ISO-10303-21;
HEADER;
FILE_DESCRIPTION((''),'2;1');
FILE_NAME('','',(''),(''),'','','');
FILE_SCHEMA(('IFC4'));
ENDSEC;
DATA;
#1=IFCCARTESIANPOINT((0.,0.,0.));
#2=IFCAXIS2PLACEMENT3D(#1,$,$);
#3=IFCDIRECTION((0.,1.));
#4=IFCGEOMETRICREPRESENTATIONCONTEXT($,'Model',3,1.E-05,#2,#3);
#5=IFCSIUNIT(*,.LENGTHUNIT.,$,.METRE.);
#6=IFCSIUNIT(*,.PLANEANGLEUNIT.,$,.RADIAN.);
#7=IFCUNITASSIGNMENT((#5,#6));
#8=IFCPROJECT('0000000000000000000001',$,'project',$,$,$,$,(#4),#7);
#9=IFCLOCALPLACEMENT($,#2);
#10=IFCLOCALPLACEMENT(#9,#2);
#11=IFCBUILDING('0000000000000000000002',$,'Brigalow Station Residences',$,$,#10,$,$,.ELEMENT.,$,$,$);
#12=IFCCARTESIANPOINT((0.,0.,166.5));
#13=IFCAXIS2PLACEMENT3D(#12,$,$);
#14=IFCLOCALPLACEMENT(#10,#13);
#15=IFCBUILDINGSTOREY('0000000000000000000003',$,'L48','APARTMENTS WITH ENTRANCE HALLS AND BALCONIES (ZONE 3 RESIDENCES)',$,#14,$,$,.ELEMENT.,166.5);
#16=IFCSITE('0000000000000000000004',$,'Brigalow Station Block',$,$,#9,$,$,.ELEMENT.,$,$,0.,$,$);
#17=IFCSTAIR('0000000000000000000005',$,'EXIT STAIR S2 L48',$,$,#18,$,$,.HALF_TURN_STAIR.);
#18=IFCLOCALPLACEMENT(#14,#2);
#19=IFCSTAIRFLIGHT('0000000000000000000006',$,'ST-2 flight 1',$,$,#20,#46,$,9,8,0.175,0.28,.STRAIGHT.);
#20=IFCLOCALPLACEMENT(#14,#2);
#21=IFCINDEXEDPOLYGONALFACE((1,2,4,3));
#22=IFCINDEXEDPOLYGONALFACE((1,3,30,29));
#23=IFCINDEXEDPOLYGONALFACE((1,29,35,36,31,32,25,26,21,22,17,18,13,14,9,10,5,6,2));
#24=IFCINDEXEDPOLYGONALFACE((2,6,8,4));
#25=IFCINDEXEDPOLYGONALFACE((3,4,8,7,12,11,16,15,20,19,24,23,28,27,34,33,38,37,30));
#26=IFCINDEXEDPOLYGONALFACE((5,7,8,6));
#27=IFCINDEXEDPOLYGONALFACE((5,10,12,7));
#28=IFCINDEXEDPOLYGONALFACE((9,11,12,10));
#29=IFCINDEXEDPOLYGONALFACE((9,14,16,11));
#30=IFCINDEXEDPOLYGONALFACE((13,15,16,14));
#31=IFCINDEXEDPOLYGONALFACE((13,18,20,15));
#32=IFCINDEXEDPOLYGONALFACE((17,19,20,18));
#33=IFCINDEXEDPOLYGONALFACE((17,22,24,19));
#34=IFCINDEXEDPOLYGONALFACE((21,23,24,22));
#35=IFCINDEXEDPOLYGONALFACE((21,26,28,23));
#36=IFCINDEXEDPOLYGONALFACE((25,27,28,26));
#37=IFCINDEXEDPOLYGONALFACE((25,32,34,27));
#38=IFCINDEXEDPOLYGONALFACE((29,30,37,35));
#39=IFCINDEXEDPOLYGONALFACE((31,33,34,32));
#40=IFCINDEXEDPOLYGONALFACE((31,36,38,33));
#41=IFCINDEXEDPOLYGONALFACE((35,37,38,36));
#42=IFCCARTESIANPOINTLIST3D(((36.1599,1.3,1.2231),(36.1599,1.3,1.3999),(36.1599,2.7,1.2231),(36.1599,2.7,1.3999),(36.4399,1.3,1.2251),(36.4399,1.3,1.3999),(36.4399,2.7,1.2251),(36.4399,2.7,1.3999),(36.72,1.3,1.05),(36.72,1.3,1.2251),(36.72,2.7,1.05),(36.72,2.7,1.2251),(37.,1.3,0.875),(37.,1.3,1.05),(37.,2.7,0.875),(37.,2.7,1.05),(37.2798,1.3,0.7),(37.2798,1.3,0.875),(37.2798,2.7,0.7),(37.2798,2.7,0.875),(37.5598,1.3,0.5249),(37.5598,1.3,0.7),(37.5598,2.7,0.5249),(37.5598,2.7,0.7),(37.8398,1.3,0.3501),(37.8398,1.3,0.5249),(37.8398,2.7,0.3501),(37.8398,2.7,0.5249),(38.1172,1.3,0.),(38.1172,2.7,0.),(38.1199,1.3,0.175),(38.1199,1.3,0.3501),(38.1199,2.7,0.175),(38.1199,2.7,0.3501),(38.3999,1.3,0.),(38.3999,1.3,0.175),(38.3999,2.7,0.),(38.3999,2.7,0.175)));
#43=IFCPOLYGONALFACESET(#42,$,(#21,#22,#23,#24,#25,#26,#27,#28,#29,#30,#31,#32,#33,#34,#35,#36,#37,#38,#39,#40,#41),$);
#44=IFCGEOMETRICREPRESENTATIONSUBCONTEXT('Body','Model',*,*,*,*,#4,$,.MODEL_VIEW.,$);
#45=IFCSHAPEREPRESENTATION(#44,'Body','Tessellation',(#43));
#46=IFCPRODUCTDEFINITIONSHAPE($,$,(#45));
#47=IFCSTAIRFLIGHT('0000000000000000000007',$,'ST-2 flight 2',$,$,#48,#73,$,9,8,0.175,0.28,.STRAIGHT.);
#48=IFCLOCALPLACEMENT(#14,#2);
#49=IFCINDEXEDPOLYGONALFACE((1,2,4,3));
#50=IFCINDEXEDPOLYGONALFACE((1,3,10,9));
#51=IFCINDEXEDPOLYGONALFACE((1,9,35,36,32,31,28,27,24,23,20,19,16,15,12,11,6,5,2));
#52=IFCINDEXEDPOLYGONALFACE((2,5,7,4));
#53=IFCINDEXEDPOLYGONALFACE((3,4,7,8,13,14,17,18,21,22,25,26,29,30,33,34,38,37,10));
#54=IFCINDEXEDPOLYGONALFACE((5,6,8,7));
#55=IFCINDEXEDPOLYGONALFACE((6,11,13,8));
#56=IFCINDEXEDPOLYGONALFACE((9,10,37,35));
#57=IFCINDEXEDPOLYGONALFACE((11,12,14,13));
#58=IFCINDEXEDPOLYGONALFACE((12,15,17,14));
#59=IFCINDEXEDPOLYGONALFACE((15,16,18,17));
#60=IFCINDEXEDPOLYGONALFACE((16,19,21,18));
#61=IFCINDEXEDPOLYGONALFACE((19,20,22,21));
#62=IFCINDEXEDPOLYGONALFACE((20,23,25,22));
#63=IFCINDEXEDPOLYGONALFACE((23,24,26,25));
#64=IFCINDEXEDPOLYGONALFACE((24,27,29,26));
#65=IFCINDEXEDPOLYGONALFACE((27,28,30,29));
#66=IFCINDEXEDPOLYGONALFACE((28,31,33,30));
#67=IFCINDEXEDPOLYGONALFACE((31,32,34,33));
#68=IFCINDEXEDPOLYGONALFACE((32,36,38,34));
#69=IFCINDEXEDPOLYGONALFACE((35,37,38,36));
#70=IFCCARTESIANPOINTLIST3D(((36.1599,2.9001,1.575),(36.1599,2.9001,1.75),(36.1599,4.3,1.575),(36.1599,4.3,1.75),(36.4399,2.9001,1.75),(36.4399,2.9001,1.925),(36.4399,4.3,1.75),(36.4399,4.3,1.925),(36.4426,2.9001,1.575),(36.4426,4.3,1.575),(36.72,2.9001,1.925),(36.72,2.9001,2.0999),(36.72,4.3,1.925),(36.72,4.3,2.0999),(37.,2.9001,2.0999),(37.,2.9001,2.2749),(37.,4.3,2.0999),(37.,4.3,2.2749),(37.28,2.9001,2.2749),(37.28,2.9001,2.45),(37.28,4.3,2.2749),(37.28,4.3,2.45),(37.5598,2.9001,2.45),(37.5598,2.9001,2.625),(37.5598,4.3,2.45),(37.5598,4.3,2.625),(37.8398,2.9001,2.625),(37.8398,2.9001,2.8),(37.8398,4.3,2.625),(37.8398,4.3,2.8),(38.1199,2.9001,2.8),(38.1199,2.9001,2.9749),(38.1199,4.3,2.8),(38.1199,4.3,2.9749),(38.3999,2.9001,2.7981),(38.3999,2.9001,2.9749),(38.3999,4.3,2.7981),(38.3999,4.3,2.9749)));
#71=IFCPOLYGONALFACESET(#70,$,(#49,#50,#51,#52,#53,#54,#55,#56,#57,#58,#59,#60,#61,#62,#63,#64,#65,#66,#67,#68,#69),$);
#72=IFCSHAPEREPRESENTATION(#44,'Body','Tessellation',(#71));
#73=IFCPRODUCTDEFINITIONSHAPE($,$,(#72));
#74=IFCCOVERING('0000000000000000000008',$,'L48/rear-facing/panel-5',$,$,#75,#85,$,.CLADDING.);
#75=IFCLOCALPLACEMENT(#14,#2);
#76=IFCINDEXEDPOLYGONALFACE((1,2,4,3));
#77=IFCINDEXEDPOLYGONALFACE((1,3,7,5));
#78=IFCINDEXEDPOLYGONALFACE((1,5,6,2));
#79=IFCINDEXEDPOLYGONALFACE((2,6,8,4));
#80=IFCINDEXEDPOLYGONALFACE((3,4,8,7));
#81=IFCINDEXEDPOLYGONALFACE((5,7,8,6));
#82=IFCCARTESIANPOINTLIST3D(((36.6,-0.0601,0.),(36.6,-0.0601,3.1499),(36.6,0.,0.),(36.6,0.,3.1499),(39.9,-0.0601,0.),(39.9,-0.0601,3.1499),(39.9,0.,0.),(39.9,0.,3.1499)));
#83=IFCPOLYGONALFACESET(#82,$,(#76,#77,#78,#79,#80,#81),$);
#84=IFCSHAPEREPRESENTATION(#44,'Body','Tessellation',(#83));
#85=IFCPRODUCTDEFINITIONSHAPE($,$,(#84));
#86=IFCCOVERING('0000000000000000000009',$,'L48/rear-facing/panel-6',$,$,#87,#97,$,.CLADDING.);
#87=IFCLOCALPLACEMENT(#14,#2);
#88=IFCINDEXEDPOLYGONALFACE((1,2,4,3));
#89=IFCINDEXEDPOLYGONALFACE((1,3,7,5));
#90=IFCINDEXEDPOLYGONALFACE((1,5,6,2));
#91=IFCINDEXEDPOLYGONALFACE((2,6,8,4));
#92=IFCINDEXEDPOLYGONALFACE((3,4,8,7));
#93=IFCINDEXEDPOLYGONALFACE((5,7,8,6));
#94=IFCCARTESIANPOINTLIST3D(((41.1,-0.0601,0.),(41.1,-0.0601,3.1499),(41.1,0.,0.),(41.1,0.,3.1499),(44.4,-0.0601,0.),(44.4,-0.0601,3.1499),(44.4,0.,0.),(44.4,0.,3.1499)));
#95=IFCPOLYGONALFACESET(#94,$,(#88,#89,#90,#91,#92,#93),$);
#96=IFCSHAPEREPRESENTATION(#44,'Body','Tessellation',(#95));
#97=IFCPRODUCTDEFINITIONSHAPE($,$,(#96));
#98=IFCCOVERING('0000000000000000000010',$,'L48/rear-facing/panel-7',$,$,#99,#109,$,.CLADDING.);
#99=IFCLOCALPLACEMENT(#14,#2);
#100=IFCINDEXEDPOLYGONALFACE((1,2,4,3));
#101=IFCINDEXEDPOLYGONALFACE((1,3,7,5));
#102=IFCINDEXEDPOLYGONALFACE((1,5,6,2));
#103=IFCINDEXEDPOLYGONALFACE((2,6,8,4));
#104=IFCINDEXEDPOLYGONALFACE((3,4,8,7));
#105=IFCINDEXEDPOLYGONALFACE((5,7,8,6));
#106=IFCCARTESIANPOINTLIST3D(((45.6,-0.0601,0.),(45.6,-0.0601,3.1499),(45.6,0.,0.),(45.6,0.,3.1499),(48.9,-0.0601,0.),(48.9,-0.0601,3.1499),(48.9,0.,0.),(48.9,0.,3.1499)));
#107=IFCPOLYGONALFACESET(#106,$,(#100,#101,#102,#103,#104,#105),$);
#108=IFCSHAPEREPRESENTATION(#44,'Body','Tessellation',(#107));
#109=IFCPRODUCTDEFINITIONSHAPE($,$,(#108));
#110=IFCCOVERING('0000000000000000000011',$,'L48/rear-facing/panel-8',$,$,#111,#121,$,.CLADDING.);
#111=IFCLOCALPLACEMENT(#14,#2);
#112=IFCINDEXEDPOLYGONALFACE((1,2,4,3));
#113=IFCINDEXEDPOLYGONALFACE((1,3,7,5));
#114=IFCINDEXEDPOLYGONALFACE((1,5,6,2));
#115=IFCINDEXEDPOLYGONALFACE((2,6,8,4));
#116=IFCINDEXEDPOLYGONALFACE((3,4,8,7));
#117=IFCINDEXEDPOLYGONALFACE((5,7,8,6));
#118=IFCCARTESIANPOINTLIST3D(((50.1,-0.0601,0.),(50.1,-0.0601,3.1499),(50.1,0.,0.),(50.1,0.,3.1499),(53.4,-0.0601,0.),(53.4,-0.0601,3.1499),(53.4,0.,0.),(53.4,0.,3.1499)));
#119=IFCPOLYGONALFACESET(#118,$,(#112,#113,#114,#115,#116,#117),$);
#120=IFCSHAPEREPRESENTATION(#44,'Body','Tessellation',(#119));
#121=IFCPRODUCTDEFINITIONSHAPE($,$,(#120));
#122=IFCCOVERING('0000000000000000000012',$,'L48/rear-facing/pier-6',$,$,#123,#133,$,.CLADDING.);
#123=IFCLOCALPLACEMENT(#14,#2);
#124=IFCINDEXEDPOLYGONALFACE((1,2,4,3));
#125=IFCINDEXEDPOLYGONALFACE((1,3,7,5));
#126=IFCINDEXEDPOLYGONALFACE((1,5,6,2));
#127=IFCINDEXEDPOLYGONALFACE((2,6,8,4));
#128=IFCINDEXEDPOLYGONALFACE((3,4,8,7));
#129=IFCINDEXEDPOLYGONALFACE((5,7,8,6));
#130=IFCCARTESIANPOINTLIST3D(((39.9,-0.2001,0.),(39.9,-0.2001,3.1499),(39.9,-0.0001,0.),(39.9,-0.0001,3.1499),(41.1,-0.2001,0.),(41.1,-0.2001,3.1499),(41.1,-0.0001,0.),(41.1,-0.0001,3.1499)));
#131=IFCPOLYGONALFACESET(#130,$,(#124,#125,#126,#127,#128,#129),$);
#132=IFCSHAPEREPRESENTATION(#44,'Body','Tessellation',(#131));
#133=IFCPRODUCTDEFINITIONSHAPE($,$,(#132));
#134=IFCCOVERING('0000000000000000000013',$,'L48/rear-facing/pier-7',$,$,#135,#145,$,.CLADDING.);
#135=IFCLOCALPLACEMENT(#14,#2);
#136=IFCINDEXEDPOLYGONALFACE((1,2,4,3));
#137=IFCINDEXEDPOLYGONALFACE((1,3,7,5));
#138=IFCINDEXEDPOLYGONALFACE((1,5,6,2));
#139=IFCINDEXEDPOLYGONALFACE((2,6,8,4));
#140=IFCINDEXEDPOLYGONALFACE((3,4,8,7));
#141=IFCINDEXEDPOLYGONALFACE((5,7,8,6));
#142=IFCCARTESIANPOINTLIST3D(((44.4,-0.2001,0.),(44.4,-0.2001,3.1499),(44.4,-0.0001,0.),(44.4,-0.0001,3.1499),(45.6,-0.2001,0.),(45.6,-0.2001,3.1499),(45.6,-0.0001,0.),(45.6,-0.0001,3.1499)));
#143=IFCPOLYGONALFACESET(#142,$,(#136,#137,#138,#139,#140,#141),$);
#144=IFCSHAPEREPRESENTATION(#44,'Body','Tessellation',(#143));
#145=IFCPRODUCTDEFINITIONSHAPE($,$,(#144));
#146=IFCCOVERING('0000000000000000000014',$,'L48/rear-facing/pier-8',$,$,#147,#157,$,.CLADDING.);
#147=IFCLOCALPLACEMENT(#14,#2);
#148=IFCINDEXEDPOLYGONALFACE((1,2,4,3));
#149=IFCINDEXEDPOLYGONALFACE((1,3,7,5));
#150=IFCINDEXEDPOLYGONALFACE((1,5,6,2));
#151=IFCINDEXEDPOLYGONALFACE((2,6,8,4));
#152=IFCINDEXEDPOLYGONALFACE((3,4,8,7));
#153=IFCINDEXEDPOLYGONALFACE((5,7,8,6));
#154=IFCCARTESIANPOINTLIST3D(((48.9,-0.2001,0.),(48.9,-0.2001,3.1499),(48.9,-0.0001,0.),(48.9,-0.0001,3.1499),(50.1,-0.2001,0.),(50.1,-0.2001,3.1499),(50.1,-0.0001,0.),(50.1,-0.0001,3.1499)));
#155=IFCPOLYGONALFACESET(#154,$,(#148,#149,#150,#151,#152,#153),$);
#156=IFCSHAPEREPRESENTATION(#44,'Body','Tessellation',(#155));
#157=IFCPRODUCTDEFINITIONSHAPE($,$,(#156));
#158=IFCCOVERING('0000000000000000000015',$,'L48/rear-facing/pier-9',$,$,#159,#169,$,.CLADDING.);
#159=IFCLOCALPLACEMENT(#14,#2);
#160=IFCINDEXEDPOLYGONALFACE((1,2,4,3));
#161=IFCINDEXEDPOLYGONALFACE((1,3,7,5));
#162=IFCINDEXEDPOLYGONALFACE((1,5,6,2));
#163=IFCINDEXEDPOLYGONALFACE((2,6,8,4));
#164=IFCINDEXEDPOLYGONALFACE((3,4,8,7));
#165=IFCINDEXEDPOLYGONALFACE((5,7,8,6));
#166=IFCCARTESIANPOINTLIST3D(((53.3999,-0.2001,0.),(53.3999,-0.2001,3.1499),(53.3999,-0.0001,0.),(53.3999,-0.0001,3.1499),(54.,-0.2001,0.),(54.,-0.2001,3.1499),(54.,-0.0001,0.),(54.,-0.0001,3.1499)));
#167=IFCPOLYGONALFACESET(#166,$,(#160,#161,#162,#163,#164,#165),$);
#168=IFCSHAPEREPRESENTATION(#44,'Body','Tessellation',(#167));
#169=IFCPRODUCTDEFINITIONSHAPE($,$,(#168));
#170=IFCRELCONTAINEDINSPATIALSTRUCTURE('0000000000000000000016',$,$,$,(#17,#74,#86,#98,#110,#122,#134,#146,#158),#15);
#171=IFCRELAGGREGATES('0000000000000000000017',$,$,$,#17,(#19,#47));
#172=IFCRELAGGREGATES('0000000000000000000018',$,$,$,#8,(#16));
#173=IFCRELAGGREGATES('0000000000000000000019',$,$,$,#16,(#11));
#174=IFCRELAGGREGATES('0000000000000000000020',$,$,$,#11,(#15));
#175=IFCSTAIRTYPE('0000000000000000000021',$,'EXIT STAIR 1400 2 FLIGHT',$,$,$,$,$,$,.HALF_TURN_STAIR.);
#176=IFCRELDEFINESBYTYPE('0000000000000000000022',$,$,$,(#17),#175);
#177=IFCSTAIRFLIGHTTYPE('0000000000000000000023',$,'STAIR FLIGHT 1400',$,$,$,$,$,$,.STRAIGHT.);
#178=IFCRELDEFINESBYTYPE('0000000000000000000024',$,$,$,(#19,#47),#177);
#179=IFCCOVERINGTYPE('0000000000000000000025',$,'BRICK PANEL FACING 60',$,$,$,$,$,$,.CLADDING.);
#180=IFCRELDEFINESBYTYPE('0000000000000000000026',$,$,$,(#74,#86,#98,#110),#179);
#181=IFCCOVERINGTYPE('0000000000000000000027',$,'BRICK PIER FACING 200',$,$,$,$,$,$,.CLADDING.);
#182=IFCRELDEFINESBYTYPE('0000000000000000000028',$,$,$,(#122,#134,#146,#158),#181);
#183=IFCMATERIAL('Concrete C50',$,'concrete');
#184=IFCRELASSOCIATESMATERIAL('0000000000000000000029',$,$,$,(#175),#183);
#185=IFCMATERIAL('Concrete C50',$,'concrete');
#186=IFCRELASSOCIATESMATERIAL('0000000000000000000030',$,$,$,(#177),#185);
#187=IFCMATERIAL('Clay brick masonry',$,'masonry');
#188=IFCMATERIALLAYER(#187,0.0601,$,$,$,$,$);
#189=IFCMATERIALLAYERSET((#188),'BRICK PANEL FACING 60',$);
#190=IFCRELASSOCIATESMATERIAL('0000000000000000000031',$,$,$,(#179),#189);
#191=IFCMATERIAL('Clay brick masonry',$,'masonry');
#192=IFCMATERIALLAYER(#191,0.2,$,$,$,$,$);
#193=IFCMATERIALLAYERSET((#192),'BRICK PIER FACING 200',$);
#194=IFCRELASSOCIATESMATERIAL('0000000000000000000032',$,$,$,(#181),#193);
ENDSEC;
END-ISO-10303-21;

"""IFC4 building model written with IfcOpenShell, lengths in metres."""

from ifc_helpers import new_model, si_unit, direction, frame, origin, origin_2d, place, context, subcontext, project, spatial, polyline, rectangle, outline, extrude, material, layer, layer_set, type_object, element, aggregate, save


model = new_model("IFC4")

# Units and contexts
model_context = context("Model", 3, precision=1e-05, world=origin(), true_north=direction((0.0, 1.0)))
body_context = subcontext(model_context, "Body", "Model", "MODEL_VIEW")
ifc_project = project(units=[si_unit("LENGTHUNIT", "METRE"), si_unit("PLANEANGLEUNIT", "RADIAN")], contexts=[model_context])

# Site, building, storey
site_placement = place(None, origin())
site = spatial("IfcSite", under=ifc_project, at=site_placement, Name="Brigalow Station Block", CompositionType="ELEMENT", RefElevation=0.0)
building_placement = place(site_placement, origin())
building = spatial("IfcBuilding", under=site, at=building_placement, Name="Brigalow Station Residences", CompositionType="ELEMENT")
storey_placement = place(building_placement, frame((0.0, 0.0, 166.5)))
storey = spatial("IfcBuildingStorey", under=building, at=storey_placement, Name="L48", Description="APARTMENTS WITH ENTRANCE HALLS AND BALCONIES (ZONE 3 RESIDENCES)", CompositionType="ELEMENT", Elevation=166.5)

# Stair, stair flights
ifc_material_1 = material(Name="Concrete C50", Category="concrete")
stair_type = type_object("IfcStairType", Name="EXIT STAIR 1400 2 FLIGHT", PredefinedType="HALF_TURN_STAIR", material=ifc_material_1)
stair_placement = place(storey_placement, origin())
stair = element("IfcStair", 1, at=stair_placement, inside=storey, type_object=stair_type, Name="EXIT STAIR S2 L48", PredefinedType="HALF_TURN_STAIR")
ifc_material_2 = material(Name="Concrete C50", Category="concrete")
stair_flight_type = type_object("IfcStairFlightType", Name="STAIR FLIGHT 1400", PredefinedType="STRAIGHT", material=ifc_material_2)
stair_flight_1_placement = place(storey_placement, frame((38.3999, 2.0, 0.0), z_axis=(0.0, 0.0, 1.0), x_axis=(-1.0, 0.0, 0.0)))
stair_flight_1 = element("IfcStairFlight", 2, at=stair_flight_1_placement, type_object=stair_flight_type, Name="ST-2 flight 1", NumberOfRisers=9, NumberOfTreads=8, PredefinedType="STRAIGHT", RiserHeight=0.175, TreadLength=0.28, context=body_context, shape_type="SweptSolid", body=[
    extrude(outline(polyline([(0.0, 0.0), (0.0, 0.175), (0.28, 0.175), (0.28, 0.3501), (0.5601, 0.3501), (0.5601, 0.5249), (0.8401, 0.5249), (0.8401, 0.7), (1.1201, 0.7), (1.1201, 0.875), (1.3999, 0.875), (1.3999, 1.05), (1.6799, 1.05), (1.6799, 1.2251), (1.96, 1.2251), (1.96, 1.3999), (2.24, 1.3999), (2.24, 1.575), (2.24, 1.2231), (0.2827, 0.0), (0.0, 0.0)])), frame((0.0, 0.7, 0.0), z_axis=(0.0, -1.0, 0.0), x_axis=(1.0, 0.0, 0.0)), (0.0, 0.0, 1.0), 1.3999),
])
stair_flight_2_placement = place(storey_placement, frame((36.1599, 3.6001, 1.575), z_axis=(0.0, 0.0, 1.0), x_axis=(1.0, 0.0, 0.0)))
stair_flight_2 = element("IfcStairFlight", 3, at=stair_flight_2_placement, type_object=stair_flight_type, Name="ST-2 flight 2", NumberOfRisers=9, NumberOfTreads=8, PredefinedType="STRAIGHT", RiserHeight=0.175, TreadLength=0.28, context=body_context, shape_type="SweptSolid", body=[
    extrude(outline(polyline([(0.0, 0.0), (0.0, 0.175), (0.28, 0.175), (0.28, 0.3501), (0.5601, 0.3501), (0.5601, 0.5249), (0.8401, 0.5249), (0.8401, 0.7), (1.1201, 0.7), (1.1201, 0.875), (1.3999, 0.875), (1.3999, 1.05), (1.6799, 1.05), (1.6799, 1.2251), (1.96, 1.2251), (1.96, 1.3999), (2.24, 1.3999), (2.24, 1.575), (2.24, 1.2231), (0.2827, 0.0), (0.0, 0.0)])), frame((0.0, 0.7, 0.0), z_axis=(0.0, -1.0, 0.0), x_axis=(1.0, 0.0, 0.0)), (0.0, 0.0, 1.0), 1.3999),
])
aggregate(stair, [stair_flight_1, stair_flight_2])

# Coverings
ifc_material_3 = material(Name="Clay brick masonry", Category="masonry")
ifc_layer_1 = layer(ifc_material_3, 0.0601)
ifc_layer_set_1 = layer_set([ifc_layer_1], Name="BRICK PANEL FACING 60")
covering_type_1 = type_object("IfcCoveringType", Name="BRICK PANEL FACING 60", PredefinedType="CLADDING", material=ifc_layer_set_1)
for number, where, z_axis, x_axis, name in (
    (4, (38.25, -0.03, 0.0), (0.0, 0.0, 1.0), (1.0, 0.0, 0.0), "L48/rear-facing/panel-5"),
    (5, (42.75, -0.03, 0.0), (0.0, 0.0, 1.0), (1.0, 0.0, 0.0), "L48/rear-facing/panel-6"),
    (6, (47.25, -0.03, 0.0), (0.0, 0.0, 1.0), (1.0, 0.0, 0.0), "L48/rear-facing/panel-7"),
    (7, (51.75, -0.03, 0.0), (0.0, 0.0, 1.0), (1.0, 0.0, 0.0), "L48/rear-facing/panel-8"),
):
    element("IfcCovering", number, at=place(storey_placement, frame(where, z_axis=z_axis, x_axis=x_axis)), inside=storey, type_object=covering_type_1, Name=name, PredefinedType="CLADDING", context=body_context, shape_type="SweptSolid", body=[
        extrude(rectangle(XDim=3.3, YDim=0.0601, at=origin_2d()), origin(), (0.0, 0.0, 1.0), 3.1499),
    ])
ifc_material_4 = material(Name="Clay brick masonry", Category="masonry")
ifc_layer_2 = layer(ifc_material_4, 0.2)
ifc_layer_set_2 = layer_set([ifc_layer_2], Name="BRICK PIER FACING 200")
covering_type_2 = type_object("IfcCoveringType", Name="BRICK PIER FACING 200", PredefinedType="CLADDING", material=ifc_layer_set_2)
for number, where, z_axis, x_axis, name in (
    (8, (40.5, -0.1001, 0.0), (0.0, 0.0, 1.0), (1.0, 0.0, 0.0), "L48/rear-facing/pier-6"),
    (9, (45.0, -0.1001, 0.0), (0.0, 0.0, 1.0), (1.0, 0.0, 0.0), "L48/rear-facing/pier-7"),
    (10, (49.5, -0.1001, 0.0), (0.0, 0.0, 1.0), (1.0, 0.0, 0.0), "L48/rear-facing/pier-8"),
):
    element("IfcCovering", number, at=place(storey_placement, frame(where, z_axis=z_axis, x_axis=x_axis)), inside=storey, type_object=covering_type_2, Name=name, PredefinedType="CLADDING", context=body_context, shape_type="SweptSolid", body=[
        extrude(rectangle(XDim=1.2, YDim=0.2, at=origin_2d()), origin(), (0.0, 0.0, 1.0), 3.1499),
    ])
covering_placement = place(storey_placement, frame((53.7, -0.1001, 0.0), z_axis=(0.0, 0.0, 1.0), x_axis=(1.0, 0.0, 0.0)))
element("IfcCovering", 11, at=covering_placement, inside=storey, type_object=covering_type_2, Name="L48/rear-facing/pier-9", PredefinedType="CLADDING", context=body_context, shape_type="SweptSolid", body=[
    extrude(rectangle(XDim=0.6001, YDim=0.2, at=origin_2d()), origin(), (0.0, 0.0, 1.0), 3.1499),
])

save(model, "model.ifc")
